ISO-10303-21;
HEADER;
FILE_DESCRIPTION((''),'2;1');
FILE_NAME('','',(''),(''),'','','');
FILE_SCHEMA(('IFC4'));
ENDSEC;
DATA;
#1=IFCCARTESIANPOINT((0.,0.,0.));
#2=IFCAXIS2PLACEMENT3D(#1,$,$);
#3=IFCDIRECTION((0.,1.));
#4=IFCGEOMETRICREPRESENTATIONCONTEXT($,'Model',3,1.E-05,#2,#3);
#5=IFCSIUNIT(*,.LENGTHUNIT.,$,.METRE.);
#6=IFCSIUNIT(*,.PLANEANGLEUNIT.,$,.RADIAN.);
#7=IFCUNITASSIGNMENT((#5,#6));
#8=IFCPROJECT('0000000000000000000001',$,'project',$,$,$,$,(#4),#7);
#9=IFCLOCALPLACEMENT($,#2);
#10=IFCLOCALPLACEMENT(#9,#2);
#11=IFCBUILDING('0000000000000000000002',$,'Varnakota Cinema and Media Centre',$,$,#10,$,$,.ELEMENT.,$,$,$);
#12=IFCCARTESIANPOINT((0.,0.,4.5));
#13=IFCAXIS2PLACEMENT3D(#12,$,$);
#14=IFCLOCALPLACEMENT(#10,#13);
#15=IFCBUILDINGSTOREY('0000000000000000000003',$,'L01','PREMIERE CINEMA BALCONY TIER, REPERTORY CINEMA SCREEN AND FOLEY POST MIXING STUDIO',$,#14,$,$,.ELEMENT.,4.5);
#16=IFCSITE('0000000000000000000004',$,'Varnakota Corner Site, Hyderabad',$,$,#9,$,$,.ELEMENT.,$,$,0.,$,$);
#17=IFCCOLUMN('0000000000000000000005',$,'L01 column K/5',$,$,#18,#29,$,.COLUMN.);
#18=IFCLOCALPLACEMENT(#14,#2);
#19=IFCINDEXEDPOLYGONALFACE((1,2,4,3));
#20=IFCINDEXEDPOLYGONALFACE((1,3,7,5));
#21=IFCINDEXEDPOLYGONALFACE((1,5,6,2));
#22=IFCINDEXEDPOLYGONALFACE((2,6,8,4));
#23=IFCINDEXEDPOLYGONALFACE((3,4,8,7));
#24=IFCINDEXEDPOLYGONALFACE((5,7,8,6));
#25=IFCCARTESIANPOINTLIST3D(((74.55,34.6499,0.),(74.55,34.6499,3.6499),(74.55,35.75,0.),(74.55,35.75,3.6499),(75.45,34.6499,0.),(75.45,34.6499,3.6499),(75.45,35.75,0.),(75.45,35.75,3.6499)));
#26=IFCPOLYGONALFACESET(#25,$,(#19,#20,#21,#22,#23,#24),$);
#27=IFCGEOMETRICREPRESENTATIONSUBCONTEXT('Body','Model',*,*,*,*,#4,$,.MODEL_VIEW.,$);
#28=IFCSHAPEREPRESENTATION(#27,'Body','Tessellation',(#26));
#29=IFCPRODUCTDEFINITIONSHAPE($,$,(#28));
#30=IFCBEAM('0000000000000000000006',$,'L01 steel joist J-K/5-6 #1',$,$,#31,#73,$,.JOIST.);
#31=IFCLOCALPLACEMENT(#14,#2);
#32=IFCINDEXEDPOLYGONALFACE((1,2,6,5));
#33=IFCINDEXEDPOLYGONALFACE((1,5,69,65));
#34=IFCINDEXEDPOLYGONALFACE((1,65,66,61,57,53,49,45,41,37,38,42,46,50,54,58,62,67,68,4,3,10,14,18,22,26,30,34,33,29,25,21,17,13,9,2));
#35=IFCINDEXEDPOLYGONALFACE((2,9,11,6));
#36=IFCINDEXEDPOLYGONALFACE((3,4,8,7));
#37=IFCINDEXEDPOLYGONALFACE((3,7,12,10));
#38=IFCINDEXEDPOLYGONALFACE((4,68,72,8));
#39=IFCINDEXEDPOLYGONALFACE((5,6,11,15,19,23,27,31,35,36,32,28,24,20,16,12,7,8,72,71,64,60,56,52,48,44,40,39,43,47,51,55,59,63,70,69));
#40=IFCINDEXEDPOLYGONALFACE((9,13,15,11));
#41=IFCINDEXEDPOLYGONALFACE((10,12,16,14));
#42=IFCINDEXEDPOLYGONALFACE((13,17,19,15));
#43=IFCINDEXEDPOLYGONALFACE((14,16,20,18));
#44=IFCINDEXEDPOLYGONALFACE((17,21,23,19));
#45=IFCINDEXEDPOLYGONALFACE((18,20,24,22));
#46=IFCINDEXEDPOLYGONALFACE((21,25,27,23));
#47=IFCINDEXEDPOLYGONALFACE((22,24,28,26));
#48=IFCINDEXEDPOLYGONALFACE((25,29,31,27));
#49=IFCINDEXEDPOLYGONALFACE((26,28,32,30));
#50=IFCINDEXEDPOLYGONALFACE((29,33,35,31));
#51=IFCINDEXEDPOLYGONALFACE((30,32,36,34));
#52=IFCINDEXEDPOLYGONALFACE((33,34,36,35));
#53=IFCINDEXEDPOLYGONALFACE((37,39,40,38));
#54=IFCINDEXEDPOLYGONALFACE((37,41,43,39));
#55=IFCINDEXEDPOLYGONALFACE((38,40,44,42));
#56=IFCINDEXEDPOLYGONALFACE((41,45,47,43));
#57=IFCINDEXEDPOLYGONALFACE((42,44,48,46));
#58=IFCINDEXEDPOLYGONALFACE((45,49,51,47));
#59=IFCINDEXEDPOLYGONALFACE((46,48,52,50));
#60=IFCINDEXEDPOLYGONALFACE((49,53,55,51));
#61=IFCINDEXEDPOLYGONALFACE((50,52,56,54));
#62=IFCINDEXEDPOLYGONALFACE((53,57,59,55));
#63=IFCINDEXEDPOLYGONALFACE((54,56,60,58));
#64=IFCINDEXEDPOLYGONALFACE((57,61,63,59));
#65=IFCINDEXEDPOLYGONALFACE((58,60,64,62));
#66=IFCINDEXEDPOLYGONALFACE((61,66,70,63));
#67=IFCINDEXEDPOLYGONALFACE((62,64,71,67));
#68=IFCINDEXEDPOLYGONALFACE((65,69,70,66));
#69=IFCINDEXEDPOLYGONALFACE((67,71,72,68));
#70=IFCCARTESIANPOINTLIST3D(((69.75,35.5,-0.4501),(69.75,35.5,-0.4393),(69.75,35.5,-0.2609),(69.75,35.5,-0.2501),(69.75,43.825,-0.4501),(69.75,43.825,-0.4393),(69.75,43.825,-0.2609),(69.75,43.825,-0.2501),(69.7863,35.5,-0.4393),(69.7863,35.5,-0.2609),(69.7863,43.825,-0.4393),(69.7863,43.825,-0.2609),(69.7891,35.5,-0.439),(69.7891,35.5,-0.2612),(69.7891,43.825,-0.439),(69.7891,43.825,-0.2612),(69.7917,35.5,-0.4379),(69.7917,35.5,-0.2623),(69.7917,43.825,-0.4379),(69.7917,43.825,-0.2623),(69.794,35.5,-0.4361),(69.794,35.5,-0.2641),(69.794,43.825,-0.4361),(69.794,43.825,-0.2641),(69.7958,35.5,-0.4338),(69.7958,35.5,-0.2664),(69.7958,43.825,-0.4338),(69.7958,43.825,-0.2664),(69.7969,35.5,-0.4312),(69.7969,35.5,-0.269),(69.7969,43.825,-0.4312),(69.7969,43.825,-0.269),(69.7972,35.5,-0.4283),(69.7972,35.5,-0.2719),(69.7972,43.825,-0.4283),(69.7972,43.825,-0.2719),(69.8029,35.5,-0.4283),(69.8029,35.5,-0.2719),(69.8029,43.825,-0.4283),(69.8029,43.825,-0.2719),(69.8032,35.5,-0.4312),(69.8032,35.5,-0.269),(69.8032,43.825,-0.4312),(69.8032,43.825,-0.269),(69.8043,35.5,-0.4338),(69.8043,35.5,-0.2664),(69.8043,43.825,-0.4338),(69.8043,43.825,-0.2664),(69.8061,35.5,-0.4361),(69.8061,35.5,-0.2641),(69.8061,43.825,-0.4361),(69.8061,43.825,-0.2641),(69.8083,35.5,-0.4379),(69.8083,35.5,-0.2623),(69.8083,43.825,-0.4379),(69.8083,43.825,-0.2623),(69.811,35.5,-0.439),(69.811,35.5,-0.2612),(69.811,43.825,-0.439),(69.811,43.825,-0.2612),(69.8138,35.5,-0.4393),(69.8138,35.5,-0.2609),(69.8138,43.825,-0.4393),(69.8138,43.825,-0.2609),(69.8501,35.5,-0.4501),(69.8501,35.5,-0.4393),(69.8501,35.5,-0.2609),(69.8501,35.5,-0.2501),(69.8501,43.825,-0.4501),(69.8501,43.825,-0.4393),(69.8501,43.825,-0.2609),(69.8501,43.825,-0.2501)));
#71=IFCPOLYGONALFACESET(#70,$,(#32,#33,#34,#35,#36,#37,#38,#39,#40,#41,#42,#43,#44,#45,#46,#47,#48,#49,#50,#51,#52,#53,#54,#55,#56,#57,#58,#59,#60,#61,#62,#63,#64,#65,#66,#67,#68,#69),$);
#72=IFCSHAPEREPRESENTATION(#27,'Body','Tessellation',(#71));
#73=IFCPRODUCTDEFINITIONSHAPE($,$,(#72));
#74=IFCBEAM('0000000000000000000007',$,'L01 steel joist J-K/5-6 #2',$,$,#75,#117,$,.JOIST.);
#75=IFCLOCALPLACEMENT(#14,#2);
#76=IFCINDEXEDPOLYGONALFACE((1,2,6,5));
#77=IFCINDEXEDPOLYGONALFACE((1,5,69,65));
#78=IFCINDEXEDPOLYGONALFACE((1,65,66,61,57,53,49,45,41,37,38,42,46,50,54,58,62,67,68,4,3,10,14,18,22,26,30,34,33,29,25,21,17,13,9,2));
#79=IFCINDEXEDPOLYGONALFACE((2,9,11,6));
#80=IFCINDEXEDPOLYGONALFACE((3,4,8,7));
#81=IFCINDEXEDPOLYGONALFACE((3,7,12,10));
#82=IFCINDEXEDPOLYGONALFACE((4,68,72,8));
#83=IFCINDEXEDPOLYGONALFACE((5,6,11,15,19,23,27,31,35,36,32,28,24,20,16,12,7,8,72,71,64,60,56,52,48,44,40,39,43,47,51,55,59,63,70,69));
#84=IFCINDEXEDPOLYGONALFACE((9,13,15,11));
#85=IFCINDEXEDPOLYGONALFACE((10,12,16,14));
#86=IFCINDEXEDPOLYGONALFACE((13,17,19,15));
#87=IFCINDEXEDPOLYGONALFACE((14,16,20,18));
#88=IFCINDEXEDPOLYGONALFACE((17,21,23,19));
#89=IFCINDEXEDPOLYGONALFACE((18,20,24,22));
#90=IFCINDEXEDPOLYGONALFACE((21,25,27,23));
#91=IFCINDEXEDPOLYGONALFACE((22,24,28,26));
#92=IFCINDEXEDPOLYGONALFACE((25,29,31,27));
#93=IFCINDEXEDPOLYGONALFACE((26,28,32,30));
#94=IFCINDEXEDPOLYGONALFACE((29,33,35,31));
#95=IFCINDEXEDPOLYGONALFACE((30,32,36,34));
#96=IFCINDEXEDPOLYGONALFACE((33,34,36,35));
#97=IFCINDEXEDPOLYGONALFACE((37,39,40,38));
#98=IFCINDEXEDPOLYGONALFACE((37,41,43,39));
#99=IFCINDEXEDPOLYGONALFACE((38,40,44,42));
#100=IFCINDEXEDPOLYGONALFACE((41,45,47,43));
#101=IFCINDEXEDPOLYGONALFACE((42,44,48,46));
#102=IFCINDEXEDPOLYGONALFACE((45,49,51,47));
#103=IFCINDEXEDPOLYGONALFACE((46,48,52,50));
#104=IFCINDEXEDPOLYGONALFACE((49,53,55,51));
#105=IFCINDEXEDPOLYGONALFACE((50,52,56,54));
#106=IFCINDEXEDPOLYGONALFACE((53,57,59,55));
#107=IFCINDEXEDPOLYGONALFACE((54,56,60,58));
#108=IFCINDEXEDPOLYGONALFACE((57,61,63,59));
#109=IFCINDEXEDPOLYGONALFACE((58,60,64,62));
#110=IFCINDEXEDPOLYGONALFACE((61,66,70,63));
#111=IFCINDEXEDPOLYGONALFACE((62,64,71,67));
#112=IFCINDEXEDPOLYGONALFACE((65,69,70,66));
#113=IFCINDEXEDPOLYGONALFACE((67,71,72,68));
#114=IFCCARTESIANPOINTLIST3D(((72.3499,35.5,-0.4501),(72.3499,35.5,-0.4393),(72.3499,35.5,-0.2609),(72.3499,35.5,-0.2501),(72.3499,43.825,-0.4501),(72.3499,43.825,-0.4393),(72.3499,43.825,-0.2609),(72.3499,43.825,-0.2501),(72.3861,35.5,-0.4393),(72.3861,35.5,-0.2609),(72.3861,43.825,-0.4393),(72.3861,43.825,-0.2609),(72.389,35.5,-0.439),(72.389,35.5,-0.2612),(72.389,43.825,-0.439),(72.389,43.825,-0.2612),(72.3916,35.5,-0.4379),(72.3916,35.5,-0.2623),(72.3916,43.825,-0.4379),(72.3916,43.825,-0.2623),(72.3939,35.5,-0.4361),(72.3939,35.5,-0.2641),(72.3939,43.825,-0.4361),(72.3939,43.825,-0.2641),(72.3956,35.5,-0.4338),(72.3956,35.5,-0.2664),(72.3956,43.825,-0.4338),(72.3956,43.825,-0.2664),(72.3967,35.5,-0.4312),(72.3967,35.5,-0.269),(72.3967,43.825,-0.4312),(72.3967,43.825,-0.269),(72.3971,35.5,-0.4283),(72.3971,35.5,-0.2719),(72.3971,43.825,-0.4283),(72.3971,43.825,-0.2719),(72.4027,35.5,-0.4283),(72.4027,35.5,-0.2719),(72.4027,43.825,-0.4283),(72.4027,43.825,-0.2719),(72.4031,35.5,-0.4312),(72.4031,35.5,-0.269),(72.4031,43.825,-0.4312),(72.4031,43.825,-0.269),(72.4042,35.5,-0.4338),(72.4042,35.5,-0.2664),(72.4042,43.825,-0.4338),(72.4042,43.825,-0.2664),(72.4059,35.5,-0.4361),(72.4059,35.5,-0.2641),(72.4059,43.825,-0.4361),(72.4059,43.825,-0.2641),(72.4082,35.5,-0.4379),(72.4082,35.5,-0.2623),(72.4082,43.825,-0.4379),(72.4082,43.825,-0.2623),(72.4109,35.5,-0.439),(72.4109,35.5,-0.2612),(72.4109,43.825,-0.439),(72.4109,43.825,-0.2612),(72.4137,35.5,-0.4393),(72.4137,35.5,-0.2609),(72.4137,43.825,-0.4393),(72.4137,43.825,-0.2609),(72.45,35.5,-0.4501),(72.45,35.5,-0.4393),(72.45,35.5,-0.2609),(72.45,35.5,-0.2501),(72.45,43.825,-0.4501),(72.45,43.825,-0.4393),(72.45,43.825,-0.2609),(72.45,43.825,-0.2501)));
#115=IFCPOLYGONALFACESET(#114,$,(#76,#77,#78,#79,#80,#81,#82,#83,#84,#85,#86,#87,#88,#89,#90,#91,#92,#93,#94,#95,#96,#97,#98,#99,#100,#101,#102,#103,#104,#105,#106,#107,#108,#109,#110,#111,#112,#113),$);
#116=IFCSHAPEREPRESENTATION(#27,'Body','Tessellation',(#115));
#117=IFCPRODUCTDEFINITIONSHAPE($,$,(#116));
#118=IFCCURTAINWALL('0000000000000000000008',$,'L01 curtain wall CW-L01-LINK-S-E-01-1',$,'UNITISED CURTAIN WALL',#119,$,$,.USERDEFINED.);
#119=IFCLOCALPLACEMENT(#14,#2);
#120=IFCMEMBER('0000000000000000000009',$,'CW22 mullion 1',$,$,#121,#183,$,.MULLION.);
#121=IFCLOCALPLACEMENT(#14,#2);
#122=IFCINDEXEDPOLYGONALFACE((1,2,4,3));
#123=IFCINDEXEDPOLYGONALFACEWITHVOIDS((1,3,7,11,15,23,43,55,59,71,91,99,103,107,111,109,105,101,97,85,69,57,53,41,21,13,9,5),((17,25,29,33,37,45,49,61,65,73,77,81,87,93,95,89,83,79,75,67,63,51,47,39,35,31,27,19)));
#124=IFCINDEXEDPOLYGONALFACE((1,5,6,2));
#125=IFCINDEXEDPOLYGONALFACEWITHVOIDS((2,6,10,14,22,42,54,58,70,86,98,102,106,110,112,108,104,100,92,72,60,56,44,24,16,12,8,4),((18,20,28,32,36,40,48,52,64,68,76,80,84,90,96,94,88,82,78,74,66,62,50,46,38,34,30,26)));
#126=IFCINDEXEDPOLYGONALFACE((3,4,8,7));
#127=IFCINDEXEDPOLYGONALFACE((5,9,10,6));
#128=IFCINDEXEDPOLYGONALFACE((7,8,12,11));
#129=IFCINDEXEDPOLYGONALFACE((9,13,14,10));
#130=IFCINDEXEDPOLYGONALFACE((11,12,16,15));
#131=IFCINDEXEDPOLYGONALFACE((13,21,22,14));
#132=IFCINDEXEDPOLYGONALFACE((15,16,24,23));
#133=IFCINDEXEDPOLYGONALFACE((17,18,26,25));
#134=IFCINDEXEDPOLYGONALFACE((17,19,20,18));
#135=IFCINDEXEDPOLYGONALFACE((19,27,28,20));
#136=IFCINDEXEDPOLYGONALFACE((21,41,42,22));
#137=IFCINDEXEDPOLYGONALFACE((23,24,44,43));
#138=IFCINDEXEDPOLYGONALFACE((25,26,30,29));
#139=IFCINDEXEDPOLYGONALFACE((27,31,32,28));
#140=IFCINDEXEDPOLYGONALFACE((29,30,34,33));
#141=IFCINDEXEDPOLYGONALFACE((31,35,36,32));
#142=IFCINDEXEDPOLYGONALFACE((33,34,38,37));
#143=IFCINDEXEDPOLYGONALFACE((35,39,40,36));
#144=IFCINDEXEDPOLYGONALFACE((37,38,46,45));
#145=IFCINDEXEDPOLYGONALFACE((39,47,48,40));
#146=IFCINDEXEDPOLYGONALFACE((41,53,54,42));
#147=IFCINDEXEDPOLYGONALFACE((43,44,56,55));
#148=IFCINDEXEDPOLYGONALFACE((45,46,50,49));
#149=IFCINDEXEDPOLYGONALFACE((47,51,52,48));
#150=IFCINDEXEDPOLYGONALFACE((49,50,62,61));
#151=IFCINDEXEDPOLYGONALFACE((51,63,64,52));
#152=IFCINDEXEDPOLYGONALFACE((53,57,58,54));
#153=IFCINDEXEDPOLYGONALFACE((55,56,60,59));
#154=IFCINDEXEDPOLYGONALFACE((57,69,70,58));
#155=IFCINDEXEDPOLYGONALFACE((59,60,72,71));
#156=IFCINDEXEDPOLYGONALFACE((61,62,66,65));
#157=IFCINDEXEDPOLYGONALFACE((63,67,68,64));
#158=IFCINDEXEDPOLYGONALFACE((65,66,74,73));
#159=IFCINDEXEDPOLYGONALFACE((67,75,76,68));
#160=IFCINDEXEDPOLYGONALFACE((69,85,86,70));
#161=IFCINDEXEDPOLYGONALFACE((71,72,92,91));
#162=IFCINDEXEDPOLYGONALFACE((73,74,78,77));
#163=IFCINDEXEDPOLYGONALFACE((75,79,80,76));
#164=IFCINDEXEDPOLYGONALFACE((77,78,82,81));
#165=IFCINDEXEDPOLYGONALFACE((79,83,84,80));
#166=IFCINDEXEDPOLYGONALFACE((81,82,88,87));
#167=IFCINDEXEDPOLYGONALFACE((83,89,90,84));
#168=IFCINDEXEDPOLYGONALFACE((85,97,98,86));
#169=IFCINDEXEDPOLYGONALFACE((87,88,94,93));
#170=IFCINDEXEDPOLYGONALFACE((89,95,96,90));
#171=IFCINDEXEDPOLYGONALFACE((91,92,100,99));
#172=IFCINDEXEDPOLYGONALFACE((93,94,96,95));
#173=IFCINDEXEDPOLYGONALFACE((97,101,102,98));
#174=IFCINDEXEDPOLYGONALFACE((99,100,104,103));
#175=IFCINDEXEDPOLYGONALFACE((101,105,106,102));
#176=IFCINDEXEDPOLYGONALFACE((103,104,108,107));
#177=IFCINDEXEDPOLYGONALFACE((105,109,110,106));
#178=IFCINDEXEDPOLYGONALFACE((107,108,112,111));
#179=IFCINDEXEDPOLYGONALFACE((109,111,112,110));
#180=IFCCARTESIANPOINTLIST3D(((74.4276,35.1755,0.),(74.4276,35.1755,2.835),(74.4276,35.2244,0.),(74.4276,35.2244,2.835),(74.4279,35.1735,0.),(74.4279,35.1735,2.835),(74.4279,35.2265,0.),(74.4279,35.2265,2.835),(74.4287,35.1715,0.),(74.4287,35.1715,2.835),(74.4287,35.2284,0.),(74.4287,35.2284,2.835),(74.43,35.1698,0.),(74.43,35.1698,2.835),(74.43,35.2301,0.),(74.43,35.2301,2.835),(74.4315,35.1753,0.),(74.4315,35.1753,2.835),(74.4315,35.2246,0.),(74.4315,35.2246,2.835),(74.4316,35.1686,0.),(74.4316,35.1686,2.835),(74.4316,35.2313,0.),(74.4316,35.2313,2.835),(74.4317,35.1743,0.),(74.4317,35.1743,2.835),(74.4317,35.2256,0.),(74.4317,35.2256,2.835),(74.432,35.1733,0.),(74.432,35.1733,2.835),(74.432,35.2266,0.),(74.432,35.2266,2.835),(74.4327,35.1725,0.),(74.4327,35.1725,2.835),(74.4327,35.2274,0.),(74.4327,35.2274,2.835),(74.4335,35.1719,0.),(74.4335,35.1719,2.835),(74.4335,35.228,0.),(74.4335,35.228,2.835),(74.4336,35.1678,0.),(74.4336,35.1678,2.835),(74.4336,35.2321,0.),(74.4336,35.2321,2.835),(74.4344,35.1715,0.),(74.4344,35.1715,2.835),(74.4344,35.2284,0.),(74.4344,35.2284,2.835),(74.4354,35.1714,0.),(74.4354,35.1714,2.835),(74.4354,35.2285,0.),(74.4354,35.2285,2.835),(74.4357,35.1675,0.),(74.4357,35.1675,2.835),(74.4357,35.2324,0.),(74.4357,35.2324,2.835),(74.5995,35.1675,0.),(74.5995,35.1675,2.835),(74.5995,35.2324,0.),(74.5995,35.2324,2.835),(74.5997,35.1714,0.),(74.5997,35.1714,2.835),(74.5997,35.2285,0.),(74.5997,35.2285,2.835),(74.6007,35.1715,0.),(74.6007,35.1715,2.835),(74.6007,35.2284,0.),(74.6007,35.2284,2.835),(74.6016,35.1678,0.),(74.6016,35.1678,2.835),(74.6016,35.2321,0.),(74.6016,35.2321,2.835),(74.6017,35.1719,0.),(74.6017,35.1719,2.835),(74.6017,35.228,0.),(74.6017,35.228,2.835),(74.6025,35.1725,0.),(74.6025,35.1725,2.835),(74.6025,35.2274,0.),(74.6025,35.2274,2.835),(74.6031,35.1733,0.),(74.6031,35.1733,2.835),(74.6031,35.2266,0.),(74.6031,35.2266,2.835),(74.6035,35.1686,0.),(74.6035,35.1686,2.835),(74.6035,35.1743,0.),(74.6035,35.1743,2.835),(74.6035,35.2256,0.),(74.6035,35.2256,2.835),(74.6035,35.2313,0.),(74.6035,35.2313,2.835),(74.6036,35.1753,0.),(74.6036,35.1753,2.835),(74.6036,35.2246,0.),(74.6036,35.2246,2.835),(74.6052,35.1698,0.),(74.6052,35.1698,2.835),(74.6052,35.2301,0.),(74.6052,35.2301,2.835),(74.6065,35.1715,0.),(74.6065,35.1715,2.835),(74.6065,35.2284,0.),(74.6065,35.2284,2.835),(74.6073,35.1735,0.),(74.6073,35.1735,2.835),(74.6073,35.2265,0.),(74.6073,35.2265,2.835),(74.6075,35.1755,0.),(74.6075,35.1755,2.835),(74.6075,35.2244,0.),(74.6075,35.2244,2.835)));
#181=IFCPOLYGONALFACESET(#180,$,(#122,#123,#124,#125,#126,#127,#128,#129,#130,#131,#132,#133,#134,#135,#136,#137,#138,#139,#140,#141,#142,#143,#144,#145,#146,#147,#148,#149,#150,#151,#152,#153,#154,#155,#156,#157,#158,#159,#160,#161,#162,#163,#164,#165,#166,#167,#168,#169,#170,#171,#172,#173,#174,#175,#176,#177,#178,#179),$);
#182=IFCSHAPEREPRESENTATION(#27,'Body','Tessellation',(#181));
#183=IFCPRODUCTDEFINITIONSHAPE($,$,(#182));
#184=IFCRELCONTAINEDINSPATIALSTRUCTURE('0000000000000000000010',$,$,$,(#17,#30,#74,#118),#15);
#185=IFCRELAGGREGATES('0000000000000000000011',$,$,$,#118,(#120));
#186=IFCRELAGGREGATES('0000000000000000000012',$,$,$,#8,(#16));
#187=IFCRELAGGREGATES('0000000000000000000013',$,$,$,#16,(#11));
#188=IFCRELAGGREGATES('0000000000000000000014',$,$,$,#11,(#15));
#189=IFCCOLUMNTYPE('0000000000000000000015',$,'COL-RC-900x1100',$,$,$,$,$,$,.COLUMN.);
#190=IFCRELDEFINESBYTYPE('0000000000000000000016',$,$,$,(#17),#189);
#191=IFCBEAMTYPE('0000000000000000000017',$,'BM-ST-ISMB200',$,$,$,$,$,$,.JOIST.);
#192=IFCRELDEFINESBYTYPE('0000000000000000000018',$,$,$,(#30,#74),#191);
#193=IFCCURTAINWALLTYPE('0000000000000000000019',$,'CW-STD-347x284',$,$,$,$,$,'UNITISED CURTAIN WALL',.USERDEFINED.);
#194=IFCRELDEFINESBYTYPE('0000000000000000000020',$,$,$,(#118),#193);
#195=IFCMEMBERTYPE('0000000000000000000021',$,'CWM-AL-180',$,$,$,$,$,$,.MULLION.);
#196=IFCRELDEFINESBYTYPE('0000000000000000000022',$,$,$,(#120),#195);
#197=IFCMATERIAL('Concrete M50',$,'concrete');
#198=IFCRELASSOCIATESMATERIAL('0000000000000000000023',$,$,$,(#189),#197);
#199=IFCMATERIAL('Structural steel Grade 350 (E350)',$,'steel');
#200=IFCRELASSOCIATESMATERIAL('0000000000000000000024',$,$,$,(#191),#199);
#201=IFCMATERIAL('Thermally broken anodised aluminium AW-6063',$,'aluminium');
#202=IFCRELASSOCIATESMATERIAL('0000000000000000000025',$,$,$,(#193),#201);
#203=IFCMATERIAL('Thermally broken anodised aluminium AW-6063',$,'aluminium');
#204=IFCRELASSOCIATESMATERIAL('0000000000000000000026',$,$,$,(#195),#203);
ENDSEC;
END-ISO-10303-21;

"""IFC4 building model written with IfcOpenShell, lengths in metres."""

from ifc_helpers import new_model, si_unit, direction, frame, origin, origin_2d, place, context, subcontext, project, spatial, rectangle, hollow_rectangle, i_section, extrude, material, material_profile, profile_set, type_object, element, aggregate, save


model = new_model("IFC4")

# Units and contexts
model_context = context("Model", 3, precision=1e-05, world=origin(), true_north=direction((0.0, 1.0)))
body_context = subcontext(model_context, "Body", "Model", "MODEL_VIEW")
ifc_project = project(units=[si_unit("LENGTHUNIT", "METRE"), si_unit("PLANEANGLEUNIT", "RADIAN")], contexts=[model_context])

# Site, building, storey
site_placement = place(None, origin())
site = spatial("IfcSite", under=ifc_project, at=site_placement, Name="Varnakota Corner Site, Hyderabad", CompositionType="ELEMENT", RefElevation=0.0)
building_placement = place(site_placement, origin())
building = spatial("IfcBuilding", under=site, at=building_placement, Name="Varnakota Cinema and Media Centre", CompositionType="ELEMENT")
storey_placement = place(building_placement, frame((0.0, 0.0, 4.5)))
storey = spatial("IfcBuildingStorey", under=building, at=storey_placement, Name="L01", Description="PREMIERE CINEMA BALCONY TIER, REPERTORY CINEMA SCREEN AND FOLEY POST MIXING STUDIO", CompositionType="ELEMENT", Elevation=4.5)

# Column
ifc_material_1 = material(Name="Concrete M50", Category="concrete")
ifc_material_profile_1 = material_profile(ifc_material_1, rectangle(XDim=0.8999, YDim=1.1001, at=origin_2d()), Name="RC 900x1100")
ifc_profile_set_1 = profile_set([ifc_material_profile_1], Name="Concrete M50")
column_type = type_object("IfcColumnType", Name="COL-RC-900x1100", PredefinedType="COLUMN", material=ifc_profile_set_1)
column_placement = place(storey_placement, frame((75.0, 35.2, 0.0), z_axis=(0.0, 0.0, 1.0), x_axis=(1.0, 0.0, 0.0)))
element("IfcColumn", 1, at=column_placement, inside=storey, type_object=column_type, Name="L01 column K/5", PredefinedType="COLUMN", context=body_context, shape_type="SweptSolid", body=[
    extrude(rectangle(XDim=0.8999, YDim=1.1001, at=origin_2d()), origin(), (0.0, 0.0, 1.0), 3.6499),
])

# Beams
ifc_material_2 = material(Name="Structural steel Grade 350 (E350)", Category="steel")
ifc_material_profile_2 = material_profile(ifc_material_2, i_section(OverallWidth=0.1001, OverallDepth=0.2, WebThickness=0.0056, FlangeThickness=0.0107, FilletRadius=0.011, at=origin_2d()), Name="ISMB 200")
ifc_profile_set_2 = profile_set([ifc_material_profile_2], Name="Structural steel Grade 350 (E350)")
beam_type = type_object("IfcBeamType", Name="BM-ST-ISMB200", PredefinedType="JOIST", material=ifc_profile_set_2)
for number, where, z_axis, x_axis, name in (
    (2, (69.8, 35.5, -0.3501), (0.0, 1.0, 0.0), (-1.0, 0.0, 0.0), "L01 steel joist J-K/5-6 #1"),
    (3, (72.3999, 35.5, -0.3501), (0.0, 1.0, 0.0), (-1.0, 0.0, 0.0), "L01 steel joist J-K/5-6 #2"),
):
    element("IfcBeam", number, at=place(storey_placement, frame(where, z_axis=z_axis, x_axis=x_axis)), inside=storey, type_object=beam_type, Name=name, PredefinedType="JOIST", context=body_context, shape_type="SweptSolid", body=[
        extrude(i_section(OverallWidth=0.1001, OverallDepth=0.2, WebThickness=0.0056, FlangeThickness=0.0107, FilletRadius=0.011, at=origin_2d()), origin(), (0.0, 0.0, 1.0), 8.325),
    ])

# Curtain wall, member
ifc_material_3 = material(Name="Thermally broken anodised aluminium AW-6063", Category="aluminium")
curtain_wall_type = type_object("IfcCurtainWallType", Name="CW-STD-347x284", ElementType="UNITISED CURTAIN WALL", PredefinedType="USERDEFINED", material=ifc_material_3)
curtain_wall_1_placement = place(storey_placement, origin())
curtain_wall_1 = element("IfcCurtainWall", 4, at=curtain_wall_1_placement, inside=storey, type_object=curtain_wall_type, Name="L01 curtain wall CW-L01-LINK-S-E-01-1", ObjectType="UNITISED CURTAIN WALL", PredefinedType="USERDEFINED")
ifc_material_4 = material(Name="Thermally broken anodised aluminium AW-6063", Category="aluminium")
ifc_material_profile_3 = material_profile(ifc_material_4, hollow_rectangle(XDim=0.0649, YDim=0.1799, WallThickness=0.0039, InnerFilletRadius=0.0039, OuterFilletRadius=0.0081, at=origin_2d()), Name="AL-MULLION 180x65x4")
ifc_profile_set_3 = profile_set([ifc_material_profile_3], Name="Thermally broken anodised aluminium AW-6063")
member_type_1 = type_object("IfcMemberType", Name="CWM-AL-180", PredefinedType="MULLION", material=ifc_profile_set_3)
member_1_placement = place(storey_placement, frame((74.5176, 35.2, 0.0), z_axis=(0.0, 0.0, 1.0), x_axis=(0.0, -1.0, 0.0)))
member_1 = element("IfcMember", 5, at=member_1_placement, type_object=member_type_1, Name="CW22 mullion 1", PredefinedType="MULLION", context=body_context, shape_type="SweptSolid", body=[
    extrude(hollow_rectangle(XDim=0.0649, YDim=0.1799, WallThickness=0.0039, InnerFilletRadius=0.0039, OuterFilletRadius=0.0081, at=origin_2d()), origin(), (0.0, 0.0, 1.0), 2.835),
])

aggregate(curtain_wall_1, [member_1])

save(model, "model.ifc")
